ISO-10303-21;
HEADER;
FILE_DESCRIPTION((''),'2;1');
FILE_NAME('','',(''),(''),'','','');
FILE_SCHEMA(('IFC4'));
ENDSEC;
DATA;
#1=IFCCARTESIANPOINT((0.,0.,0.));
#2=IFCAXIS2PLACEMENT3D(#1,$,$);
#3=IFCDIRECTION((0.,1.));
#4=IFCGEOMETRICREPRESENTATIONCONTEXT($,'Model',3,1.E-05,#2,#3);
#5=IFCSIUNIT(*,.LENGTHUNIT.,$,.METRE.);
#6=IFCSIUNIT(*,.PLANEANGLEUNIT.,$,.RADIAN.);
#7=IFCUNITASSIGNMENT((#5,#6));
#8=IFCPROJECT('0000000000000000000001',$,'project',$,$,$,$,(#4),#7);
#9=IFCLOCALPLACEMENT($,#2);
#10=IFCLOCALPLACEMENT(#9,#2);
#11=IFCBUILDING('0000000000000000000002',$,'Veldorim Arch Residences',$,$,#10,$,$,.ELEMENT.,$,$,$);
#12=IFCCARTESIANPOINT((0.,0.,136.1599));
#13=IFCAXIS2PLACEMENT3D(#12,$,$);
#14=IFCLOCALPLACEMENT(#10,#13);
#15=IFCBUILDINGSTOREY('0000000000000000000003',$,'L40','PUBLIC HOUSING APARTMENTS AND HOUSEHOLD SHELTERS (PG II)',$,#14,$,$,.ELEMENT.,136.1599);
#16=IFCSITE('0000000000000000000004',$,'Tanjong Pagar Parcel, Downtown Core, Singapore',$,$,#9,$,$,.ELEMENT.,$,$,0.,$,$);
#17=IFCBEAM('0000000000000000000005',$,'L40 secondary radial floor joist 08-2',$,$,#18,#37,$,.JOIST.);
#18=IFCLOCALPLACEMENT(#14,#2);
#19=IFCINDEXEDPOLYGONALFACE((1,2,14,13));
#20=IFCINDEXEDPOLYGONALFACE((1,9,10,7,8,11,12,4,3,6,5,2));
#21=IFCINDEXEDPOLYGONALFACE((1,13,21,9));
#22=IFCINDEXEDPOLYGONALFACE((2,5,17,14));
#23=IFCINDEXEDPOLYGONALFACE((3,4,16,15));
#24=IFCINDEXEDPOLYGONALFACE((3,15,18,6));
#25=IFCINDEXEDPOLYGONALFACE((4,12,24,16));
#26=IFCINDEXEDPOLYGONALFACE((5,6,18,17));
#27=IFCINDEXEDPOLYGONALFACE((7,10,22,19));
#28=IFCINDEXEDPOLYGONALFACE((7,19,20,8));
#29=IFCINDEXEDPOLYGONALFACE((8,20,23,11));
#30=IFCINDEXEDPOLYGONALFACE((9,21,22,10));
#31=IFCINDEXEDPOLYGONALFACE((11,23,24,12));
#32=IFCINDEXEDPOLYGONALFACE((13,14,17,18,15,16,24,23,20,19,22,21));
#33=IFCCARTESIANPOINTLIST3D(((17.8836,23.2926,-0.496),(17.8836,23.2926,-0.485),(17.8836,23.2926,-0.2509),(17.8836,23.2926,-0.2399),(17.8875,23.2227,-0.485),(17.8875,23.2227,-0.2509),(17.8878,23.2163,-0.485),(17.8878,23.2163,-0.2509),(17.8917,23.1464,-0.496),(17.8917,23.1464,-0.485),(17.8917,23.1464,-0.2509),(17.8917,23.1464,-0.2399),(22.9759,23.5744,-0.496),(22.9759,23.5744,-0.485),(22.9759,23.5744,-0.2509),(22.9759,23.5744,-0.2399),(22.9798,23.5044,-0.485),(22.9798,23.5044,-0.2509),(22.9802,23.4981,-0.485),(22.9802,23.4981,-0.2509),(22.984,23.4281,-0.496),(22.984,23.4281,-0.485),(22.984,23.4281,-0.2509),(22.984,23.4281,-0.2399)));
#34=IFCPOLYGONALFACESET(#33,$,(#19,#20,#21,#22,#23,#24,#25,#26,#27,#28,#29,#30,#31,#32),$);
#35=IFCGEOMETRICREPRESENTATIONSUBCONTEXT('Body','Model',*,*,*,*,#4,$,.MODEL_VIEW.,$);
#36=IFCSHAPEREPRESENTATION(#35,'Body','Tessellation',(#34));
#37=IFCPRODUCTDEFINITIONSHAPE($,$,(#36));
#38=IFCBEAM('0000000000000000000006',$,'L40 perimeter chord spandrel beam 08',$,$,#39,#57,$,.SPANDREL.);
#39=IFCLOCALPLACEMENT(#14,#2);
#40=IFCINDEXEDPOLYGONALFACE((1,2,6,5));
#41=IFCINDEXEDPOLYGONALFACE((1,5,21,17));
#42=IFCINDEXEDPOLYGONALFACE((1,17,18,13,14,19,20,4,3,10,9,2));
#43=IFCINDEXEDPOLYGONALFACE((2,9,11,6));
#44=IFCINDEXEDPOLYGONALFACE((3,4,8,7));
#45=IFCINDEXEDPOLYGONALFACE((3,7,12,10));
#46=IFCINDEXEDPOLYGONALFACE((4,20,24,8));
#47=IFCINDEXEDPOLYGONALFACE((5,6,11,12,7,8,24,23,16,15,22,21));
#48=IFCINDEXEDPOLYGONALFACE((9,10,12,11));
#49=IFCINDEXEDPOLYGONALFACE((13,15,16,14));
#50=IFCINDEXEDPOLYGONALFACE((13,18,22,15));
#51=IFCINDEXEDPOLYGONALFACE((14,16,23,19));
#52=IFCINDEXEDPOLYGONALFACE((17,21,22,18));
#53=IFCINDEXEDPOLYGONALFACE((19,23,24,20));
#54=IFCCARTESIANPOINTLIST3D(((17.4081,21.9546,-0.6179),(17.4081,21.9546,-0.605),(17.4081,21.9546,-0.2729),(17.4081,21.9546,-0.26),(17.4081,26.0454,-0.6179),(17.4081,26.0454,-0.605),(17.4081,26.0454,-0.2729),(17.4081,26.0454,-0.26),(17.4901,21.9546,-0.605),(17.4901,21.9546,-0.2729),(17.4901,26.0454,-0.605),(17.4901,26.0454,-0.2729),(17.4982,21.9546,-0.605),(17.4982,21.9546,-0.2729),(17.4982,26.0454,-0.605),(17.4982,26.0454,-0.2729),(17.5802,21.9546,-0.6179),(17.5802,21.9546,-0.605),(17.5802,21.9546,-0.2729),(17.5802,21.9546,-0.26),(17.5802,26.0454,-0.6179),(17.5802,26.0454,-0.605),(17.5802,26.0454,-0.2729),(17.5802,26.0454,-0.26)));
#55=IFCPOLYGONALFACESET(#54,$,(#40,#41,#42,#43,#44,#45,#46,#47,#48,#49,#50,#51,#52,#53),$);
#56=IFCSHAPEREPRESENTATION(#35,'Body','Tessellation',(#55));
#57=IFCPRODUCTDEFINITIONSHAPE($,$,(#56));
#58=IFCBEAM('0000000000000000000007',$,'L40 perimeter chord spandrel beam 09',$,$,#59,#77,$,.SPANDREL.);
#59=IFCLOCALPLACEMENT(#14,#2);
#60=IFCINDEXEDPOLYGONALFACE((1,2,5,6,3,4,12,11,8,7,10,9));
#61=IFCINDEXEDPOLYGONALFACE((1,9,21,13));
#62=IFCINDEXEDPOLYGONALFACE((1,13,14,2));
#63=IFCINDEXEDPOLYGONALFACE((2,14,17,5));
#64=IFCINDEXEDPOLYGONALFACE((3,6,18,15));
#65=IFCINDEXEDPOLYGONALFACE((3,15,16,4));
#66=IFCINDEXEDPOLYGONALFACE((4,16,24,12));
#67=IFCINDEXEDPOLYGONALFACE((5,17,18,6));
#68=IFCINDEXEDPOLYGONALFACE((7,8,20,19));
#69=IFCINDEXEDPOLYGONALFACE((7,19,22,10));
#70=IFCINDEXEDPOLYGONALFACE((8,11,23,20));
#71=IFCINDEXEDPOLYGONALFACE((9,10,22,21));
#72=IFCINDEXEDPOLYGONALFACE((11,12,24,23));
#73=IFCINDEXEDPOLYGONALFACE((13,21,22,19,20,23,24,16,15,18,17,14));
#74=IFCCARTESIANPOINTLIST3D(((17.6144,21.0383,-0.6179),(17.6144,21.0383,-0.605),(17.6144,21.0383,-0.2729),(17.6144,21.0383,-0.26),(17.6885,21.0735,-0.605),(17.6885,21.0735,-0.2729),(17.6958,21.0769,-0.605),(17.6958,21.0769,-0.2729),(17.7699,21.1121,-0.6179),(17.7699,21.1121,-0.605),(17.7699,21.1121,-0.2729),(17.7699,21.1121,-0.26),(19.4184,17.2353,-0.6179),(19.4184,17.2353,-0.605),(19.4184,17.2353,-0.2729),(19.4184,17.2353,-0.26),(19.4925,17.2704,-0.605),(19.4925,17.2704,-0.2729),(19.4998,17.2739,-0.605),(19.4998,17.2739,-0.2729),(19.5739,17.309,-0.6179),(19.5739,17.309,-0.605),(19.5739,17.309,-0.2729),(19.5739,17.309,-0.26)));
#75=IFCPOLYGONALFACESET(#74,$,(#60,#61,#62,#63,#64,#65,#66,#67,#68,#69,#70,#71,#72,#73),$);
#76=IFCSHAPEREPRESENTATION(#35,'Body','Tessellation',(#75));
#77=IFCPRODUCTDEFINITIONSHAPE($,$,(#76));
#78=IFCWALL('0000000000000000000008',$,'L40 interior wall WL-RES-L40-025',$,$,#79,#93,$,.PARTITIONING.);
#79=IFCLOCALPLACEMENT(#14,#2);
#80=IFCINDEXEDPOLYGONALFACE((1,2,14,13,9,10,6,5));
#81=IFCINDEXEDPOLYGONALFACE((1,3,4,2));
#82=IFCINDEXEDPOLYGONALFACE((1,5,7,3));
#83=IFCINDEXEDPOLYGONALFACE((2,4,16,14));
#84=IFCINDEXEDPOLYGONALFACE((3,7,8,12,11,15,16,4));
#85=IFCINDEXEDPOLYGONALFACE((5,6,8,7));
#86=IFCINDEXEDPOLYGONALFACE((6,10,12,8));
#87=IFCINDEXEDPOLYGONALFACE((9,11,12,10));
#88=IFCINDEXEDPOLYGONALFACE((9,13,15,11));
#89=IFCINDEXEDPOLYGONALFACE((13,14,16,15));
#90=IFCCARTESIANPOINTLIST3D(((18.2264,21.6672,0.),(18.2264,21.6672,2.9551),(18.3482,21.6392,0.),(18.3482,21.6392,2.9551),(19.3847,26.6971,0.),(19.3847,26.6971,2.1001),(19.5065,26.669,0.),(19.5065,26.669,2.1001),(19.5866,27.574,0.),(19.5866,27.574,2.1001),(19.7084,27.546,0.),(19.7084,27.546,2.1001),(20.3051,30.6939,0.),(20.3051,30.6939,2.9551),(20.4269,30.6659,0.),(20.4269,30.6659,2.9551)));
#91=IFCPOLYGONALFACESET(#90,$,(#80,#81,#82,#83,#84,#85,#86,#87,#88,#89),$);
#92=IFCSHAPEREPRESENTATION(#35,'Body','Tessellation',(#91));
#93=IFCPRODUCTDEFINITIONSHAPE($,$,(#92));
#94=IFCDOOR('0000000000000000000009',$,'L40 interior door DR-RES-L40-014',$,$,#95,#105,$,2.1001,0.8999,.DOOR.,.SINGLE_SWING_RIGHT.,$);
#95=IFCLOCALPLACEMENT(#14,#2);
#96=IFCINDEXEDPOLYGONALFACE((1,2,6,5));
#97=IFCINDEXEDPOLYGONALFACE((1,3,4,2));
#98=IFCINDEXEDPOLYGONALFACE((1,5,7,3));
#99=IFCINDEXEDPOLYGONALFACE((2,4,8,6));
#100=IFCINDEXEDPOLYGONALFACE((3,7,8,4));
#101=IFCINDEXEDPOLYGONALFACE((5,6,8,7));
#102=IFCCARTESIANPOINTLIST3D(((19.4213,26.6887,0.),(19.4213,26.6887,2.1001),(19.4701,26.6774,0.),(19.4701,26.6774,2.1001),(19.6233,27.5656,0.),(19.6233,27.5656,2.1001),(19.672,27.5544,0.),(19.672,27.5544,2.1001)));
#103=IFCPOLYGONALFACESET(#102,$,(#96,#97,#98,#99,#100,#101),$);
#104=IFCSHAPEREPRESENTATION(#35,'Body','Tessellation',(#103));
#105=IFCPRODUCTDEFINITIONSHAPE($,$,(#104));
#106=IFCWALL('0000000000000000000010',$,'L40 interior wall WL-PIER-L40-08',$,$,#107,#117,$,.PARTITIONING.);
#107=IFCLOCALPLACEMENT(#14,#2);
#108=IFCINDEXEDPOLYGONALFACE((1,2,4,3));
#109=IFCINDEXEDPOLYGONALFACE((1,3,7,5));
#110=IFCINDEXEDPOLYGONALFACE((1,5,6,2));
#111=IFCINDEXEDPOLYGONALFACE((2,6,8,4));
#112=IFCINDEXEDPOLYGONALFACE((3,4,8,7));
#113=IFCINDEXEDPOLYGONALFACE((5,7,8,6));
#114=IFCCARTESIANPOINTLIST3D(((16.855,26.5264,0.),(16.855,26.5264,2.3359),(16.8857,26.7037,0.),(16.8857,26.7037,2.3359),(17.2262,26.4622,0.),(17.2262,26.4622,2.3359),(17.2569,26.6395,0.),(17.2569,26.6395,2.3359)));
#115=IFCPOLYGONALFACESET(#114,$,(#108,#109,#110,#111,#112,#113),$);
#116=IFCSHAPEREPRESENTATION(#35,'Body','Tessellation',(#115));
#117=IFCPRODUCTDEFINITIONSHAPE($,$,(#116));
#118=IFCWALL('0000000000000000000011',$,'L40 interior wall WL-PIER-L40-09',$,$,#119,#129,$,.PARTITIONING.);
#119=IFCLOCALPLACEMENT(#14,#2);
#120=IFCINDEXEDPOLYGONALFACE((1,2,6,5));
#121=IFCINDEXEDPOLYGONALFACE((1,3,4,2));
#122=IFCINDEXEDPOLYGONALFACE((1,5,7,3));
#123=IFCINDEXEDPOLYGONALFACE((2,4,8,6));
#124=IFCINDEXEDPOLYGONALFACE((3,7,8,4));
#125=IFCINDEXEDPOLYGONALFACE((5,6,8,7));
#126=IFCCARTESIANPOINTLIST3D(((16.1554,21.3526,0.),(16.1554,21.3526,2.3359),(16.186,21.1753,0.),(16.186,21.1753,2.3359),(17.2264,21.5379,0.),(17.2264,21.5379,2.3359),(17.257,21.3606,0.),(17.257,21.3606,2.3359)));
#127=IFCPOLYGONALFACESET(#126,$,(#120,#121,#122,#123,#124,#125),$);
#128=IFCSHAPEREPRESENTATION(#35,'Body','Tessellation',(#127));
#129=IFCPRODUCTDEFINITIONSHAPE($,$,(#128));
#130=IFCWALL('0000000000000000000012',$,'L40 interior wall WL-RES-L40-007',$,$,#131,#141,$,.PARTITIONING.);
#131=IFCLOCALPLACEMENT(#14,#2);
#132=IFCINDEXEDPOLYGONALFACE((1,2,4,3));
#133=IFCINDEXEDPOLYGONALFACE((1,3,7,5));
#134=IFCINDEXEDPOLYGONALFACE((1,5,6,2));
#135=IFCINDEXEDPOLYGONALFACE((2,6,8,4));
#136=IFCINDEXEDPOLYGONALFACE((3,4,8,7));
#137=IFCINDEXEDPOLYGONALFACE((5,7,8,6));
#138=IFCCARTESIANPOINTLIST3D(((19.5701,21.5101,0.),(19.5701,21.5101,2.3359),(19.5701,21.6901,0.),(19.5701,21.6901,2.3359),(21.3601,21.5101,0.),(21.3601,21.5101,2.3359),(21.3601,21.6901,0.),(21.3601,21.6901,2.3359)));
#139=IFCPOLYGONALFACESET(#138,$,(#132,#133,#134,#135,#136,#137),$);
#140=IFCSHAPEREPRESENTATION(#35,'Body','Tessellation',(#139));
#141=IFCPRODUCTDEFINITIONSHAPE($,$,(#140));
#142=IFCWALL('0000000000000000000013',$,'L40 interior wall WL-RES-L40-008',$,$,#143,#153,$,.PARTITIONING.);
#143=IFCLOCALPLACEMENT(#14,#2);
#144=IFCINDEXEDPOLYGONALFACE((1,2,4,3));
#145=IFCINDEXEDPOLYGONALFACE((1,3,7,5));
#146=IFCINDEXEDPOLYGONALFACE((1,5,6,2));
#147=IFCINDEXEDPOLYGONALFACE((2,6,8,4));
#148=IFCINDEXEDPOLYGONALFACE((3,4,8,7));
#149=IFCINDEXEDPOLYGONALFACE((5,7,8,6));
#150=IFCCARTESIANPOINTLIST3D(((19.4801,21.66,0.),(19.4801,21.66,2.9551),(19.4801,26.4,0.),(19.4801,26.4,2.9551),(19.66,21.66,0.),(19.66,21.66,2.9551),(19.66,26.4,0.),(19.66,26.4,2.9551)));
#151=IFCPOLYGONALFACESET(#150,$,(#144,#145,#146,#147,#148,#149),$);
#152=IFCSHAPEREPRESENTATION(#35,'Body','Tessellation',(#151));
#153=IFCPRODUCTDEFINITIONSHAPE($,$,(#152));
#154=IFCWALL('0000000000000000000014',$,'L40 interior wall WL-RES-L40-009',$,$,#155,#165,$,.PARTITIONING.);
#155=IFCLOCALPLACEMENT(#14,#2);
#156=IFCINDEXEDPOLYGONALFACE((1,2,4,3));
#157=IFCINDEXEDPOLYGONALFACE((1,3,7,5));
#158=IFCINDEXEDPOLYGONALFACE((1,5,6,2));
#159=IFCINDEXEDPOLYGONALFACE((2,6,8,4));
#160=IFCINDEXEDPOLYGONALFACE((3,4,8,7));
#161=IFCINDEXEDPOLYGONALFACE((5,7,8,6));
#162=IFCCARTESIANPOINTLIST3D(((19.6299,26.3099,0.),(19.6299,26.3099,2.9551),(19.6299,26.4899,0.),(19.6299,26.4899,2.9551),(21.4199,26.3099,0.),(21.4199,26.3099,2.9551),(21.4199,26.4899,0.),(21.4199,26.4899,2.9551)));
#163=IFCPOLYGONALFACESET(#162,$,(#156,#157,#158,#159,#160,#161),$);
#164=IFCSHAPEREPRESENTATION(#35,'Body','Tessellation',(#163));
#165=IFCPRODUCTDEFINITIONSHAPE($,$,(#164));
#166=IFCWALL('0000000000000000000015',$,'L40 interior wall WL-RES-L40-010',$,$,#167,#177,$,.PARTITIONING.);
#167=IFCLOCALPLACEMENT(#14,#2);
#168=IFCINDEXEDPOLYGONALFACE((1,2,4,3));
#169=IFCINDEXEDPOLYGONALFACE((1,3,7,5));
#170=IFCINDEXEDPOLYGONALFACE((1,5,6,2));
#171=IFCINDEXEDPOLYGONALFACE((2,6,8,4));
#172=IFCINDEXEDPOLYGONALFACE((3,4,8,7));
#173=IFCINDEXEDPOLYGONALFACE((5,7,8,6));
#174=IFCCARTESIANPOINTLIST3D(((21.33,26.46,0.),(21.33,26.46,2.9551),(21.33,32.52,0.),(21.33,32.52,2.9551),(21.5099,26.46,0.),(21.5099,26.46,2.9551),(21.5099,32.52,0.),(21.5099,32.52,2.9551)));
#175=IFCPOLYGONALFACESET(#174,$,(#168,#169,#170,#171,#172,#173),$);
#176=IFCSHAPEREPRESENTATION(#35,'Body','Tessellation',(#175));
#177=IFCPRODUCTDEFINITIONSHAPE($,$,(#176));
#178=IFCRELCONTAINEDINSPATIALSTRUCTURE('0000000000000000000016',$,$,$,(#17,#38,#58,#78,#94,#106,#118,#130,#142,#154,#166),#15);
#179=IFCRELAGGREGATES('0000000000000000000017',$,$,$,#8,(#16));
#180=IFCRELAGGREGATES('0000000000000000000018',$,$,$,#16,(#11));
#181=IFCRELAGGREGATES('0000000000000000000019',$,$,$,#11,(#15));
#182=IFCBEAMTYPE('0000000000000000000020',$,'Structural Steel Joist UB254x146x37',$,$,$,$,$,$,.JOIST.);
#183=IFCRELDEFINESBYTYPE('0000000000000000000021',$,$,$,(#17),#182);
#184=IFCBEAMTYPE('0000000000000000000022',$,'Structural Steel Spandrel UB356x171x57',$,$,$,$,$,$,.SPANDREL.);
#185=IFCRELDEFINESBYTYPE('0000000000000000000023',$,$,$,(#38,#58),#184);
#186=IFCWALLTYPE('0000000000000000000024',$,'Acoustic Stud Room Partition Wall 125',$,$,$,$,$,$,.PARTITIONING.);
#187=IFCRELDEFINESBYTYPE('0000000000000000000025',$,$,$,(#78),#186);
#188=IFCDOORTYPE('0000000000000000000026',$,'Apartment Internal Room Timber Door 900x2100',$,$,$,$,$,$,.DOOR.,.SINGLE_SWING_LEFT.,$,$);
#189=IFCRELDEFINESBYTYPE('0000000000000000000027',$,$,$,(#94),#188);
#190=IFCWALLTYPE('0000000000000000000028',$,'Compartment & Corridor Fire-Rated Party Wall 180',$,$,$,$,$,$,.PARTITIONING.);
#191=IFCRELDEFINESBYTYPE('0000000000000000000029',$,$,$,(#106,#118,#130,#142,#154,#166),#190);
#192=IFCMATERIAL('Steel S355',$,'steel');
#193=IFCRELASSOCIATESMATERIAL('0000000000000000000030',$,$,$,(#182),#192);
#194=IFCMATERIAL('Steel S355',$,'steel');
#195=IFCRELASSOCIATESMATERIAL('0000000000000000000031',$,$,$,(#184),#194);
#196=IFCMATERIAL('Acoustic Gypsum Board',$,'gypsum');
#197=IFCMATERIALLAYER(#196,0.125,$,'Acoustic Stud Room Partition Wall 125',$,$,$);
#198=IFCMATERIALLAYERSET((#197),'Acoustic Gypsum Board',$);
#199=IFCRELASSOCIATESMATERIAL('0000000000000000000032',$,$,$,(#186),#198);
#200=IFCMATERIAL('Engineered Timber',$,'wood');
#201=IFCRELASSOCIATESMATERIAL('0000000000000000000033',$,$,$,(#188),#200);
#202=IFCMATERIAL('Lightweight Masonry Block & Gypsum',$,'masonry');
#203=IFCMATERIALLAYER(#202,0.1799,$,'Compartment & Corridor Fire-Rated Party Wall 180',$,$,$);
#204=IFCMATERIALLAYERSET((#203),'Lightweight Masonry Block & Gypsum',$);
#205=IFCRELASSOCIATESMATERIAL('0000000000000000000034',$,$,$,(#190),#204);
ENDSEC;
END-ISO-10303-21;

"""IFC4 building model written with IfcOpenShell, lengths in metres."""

from ifc_helpers import new_model, si_unit, direction, frame, frame_2d, origin, origin_2d, place, context, subcontext, project, spatial, rectangle, i_section, extrude, material, layer, layer_set, material_profile, profile_set, type_object, element, fill, save


model = new_model("IFC4")

# Units and contexts
model_context = context("Model", 3, precision=1e-05, world=origin(), true_north=direction((0.0, 1.0)))
body_context = subcontext(model_context, "Body", "Model", "MODEL_VIEW")
ifc_project = project(units=[si_unit("LENGTHUNIT", "METRE"), si_unit("PLANEANGLEUNIT", "RADIAN")], contexts=[model_context])

# Site, building, storey
site_placement = place(None, origin())
site = spatial("IfcSite", under=ifc_project, at=site_placement, Name="Tanjong Pagar Parcel, Downtown Core, Singapore", CompositionType="ELEMENT", RefElevation=0.0)
building_placement = place(site_placement, origin())
building = spatial("IfcBuilding", under=site, at=building_placement, Name="Veldorim Arch Residences", CompositionType="ELEMENT")
storey_placement = place(building_placement, frame((0.0, 0.0, 136.1599)))
storey = spatial("IfcBuildingStorey", under=building, at=storey_placement, Name="L40", Description="PUBLIC HOUSING APARTMENTS AND HOUSEHOLD SHELTERS (PG II)", CompositionType="ELEMENT", Elevation=136.1599)

# Beams
ifc_material_1 = material(Name="Steel S355", Category="steel")
ifc_material_profile_1 = material_profile(ifc_material_1, i_section(OverallWidth=0.1465, OverallDepth=0.2561, WebThickness=0.0063, FlangeThickness=0.011, at=origin_2d()), Name="UB254x146x37")
ifc_profile_set_1 = profile_set([ifc_material_profile_1], Name="Steel S355")
beam_type_1 = type_object("IfcBeamType", Name="Structural Steel Joist UB254x146x37", PredefinedType="JOIST", material=ifc_profile_set_1)
beam_1_placement = place(storey_placement, frame((22.98, 23.5012, -0.3679), z_axis=(-0.998473, -0.055242, 0.0), x_axis=(0.055242, -0.998473, 0.0)))
element("IfcBeam", 1, at=beam_1_placement, inside=storey, type_object=beam_type_1, Name="L40 secondary radial floor joist 08-2", PredefinedType="JOIST", context=body_context, shape_type="SweptSolid", body=[
    extrude(i_section(OverallWidth=0.1465, OverallDepth=0.2561, WebThickness=0.0063, FlangeThickness=0.011, at=origin_2d()), origin(), (0.0, 0.0, 1.0), 5.1001),
])
ifc_material_2 = material(Name="Steel S355", Category="steel")
ifc_material_profile_2 = material_profile(ifc_material_2, i_section(OverallWidth=0.1721, OverallDepth=0.3579, WebThickness=0.0081, FlangeThickness=0.0129, at=origin_2d()), Name="UB356x171x57")
ifc_profile_set_2 = profile_set([ifc_material_profile_2], Name="Steel S355")
beam_type_2 = type_object("IfcBeamType", Name="Structural Steel Spandrel UB356x171x57", PredefinedType="SPANDREL", material=ifc_profile_set_2)
beam_2_placement = place(storey_placement, frame((17.4941, 26.0454, -0.439), z_axis=(0.0, -1.0, 0.0), x_axis=(1.0, 0.0, 0.0)))
element("IfcBeam", 2, at=beam_2_placement, inside=storey, type_object=beam_type_2, Name="L40 perimeter chord spandrel beam 08", PredefinedType="SPANDREL", context=body_context, shape_type="SweptSolid", body=[
    extrude(i_section(OverallWidth=0.1721, OverallDepth=0.3579, WebThickness=0.0081, FlangeThickness=0.0129, at=origin_2d()), origin(), (0.0, 0.0, 1.0), 4.0908),
])
beam_3_placement = place(storey_placement, frame((17.6921, 21.0752, -0.439), z_axis=(0.42858, -0.903504, 0.0), x_axis=(0.903504, 0.42858, 0.0)))
element("IfcBeam", 3, at=beam_3_placement, inside=storey, type_object=beam_type_2, Name="L40 perimeter chord spandrel beam 09", PredefinedType="SPANDREL", context=body_context, shape_type="SweptSolid", body=[
    extrude(i_section(OverallWidth=0.1721, OverallDepth=0.3579, WebThickness=0.0081, FlangeThickness=0.0129, at=origin_2d()), origin(), (0.0, 0.0, 1.0), 4.2092),
])

# Wall, opening, door
ifc_material_3 = material(Name="Acoustic Gypsum Board", Category="gypsum")
ifc_layer_1 = layer(ifc_material_3, 0.125, Name="Acoustic Stud Room Partition Wall 125")
ifc_layer_set_1 = layer_set([ifc_layer_1], Name="Acoustic Gypsum Board")
wall_type_1 = type_object("IfcWallType", Name="Acoustic Stud Room Partition Wall 125", PredefinedType="PARTITIONING", material=ifc_layer_set_1)
wall_1_placement = place(storey_placement, frame((18.2874, 21.6533, 0.0), z_axis=(0.0, 0.0, 1.0), x_axis=(0.224403, 0.974496, 0.0)))
wall_1 = element("IfcWall", 4, at=wall_1_placement, inside=storey, type_object=wall_type_1, Name="L40 interior wall WL-RES-L40-025", PredefinedType="PARTITIONING", context=body_context, shape_type="SweptSolid", body=[
    extrude(rectangle(XDim=9.2629, YDim=0.125, at=frame_2d((4.6313, 0.0))), origin(), (0.0, 0.0, 1.0), 2.9551),
])
opening_placement = place(wall_1_placement, frame((5.1614, 0.0, 0.0)))
opening = element("IfcOpeningElement", 5, at=opening_placement, cuts=wall_1, PredefinedType="OPENING", context=body_context, shape_type="SweptSolid", body=[
    extrude(rectangle(XDim=0.8999, YDim=2.1001, at=frame_2d((0.45, 1.05))), frame((0.0, 0.0725, 0.0), z_axis=(0.0, -1.0, 0.0), x_axis=(1.0, 0.0, 0.0)), (0.0, 0.0, 1.0), 0.145),
])
ifc_material_4 = material(Name="Engineered Timber", Category="wood")
door_type = type_object("IfcDoorType", Name="Apartment Internal Room Timber Door 900x2100", OperationType="SINGLE_SWING_LEFT", PredefinedType="DOOR", material=ifc_material_4)
door_placement = place(opening_placement, origin())
door = element("IfcDoor", 6, at=door_placement, inside=storey, type_object=door_type, Name="L40 interior door DR-RES-L40-014", OperationType="SINGLE_SWING_RIGHT", OverallHeight=2.1001, OverallWidth=0.8999, PredefinedType="DOOR", context=body_context, shape_type="SweptSolid", body=[
    extrude(rectangle(XDim=0.8999, YDim=2.1001, at=frame_2d((0.45, 1.05))), frame((0.0, 0.0249, 0.0), z_axis=(0.0, -1.0, 0.0), x_axis=(1.0, 0.0, 0.0)), (0.0, 0.0, 1.0), 0.05),
])
fill(opening, door)

# Walls
ifc_material_5 = material(Name="Lightweight Masonry Block & Gypsum", Category="masonry")
ifc_layer_2 = layer(ifc_material_5, 0.1799, Name="Compartment & Corridor Fire-Rated Party Wall 180")
ifc_layer_set_2 = layer_set([ifc_layer_2], Name="Lightweight Masonry Block & Gypsum")
wall_type_2 = type_object("IfcWallType", Name="Compartment & Corridor Fire-Rated Party Wall 180", PredefinedType="PARTITIONING", material=ifc_layer_set_2)
wall_2_placement = place(storey_placement, frame((17.2417, 26.5508, 0.0), z_axis=(0.0, 0.0, 1.0), x_axis=(-0.985359, 0.170493, 0.0)))
element("IfcWall", 7, at=wall_2_placement, inside=storey, type_object=wall_type_2, Name="L40 interior wall WL-PIER-L40-08", PredefinedType="PARTITIONING", context=body_context, shape_type="SweptSolid", body=[
    extrude(rectangle(XDim=0.3767, YDim=0.1799, at=frame_2d((0.1885, 0.0))), origin(), (0.0, 0.0, 1.0), 2.3359),
])
wall_3_placement = place(storey_placement, frame((17.2417, 21.4492, 0.0), z_axis=(0.0, 0.0, 1.0), x_axis=(-0.985361, -0.170479, 0.0)))
element("IfcWall", 8, at=wall_3_placement, inside=storey, type_object=wall_type_2, Name="L40 interior wall WL-PIER-L40-09", PredefinedType="PARTITIONING", context=body_context, shape_type="SweptSolid", body=[
    extrude(rectangle(XDim=1.0869, YDim=0.1799, at=frame_2d((0.5435, 0.0))), origin(), (0.0, 0.0, 1.0), 2.3359),
])
wall_4_placement = place(storey_placement, frame((21.3601, 21.6001, 0.0), z_axis=(0.0, 0.0, 1.0), x_axis=(-1.0, 0.0, 0.0)))
element("IfcWall", 9, at=wall_4_placement, inside=storey, type_object=wall_type_2, Name="L40 interior wall WL-RES-L40-007", PredefinedType="PARTITIONING", context=body_context, shape_type="SweptSolid", body=[
    extrude(rectangle(XDim=1.79, YDim=0.1799, at=frame_2d((0.895, 0.0))), origin(), (0.0, 0.0, 1.0), 2.3359),
])
wall_5_placement = place(storey_placement, frame((19.5701, 21.6599, 0.0), z_axis=(0.0, 0.0, 1.0), x_axis=(0.0, 1.0, 0.0)))
element("IfcWall", 10, at=wall_5_placement, inside=storey, type_object=wall_type_2, Name="L40 interior wall WL-RES-L40-008", PredefinedType="PARTITIONING", context=body_context, shape_type="SweptSolid", body=[
    extrude(rectangle(XDim=4.74, YDim=0.1799, at=frame_2d((2.3701, 0.0))), origin(), (0.0, 0.0, 1.0), 2.9551),
])
wall_6_placement = place(storey_placement, frame((19.6299, 26.3999, 0.0), z_axis=(0.0, 0.0, 1.0), x_axis=(1.0, 0.0, 0.0)))
element("IfcWall", 11, at=wall_6_placement, inside=storey, type_object=wall_type_2, Name="L40 interior wall WL-RES-L40-009", PredefinedType="PARTITIONING", context=body_context, shape_type="SweptSolid", body=[
    extrude(rectangle(XDim=1.79, YDim=0.1799, at=frame_2d((0.895, 0.0))), origin(), (0.0, 0.0, 1.0), 2.9551),
])
wall_7_placement = place(storey_placement, frame((21.4199, 26.46, 0.0), z_axis=(0.0, 0.0, 1.0), x_axis=(0.0, 1.0, 0.0)))
element("IfcWall", 12, at=wall_7_placement, inside=storey, type_object=wall_type_2, Name="L40 interior wall WL-RES-L40-010", PredefinedType="PARTITIONING", context=body_context, shape_type="SweptSolid", body=[
    extrude(rectangle(XDim=6.0601, YDim=0.1799, at=frame_2d((3.03, 0.0))), origin(), (0.0, 0.0, 1.0), 2.9551),
])

save(model, "model.ifc")
